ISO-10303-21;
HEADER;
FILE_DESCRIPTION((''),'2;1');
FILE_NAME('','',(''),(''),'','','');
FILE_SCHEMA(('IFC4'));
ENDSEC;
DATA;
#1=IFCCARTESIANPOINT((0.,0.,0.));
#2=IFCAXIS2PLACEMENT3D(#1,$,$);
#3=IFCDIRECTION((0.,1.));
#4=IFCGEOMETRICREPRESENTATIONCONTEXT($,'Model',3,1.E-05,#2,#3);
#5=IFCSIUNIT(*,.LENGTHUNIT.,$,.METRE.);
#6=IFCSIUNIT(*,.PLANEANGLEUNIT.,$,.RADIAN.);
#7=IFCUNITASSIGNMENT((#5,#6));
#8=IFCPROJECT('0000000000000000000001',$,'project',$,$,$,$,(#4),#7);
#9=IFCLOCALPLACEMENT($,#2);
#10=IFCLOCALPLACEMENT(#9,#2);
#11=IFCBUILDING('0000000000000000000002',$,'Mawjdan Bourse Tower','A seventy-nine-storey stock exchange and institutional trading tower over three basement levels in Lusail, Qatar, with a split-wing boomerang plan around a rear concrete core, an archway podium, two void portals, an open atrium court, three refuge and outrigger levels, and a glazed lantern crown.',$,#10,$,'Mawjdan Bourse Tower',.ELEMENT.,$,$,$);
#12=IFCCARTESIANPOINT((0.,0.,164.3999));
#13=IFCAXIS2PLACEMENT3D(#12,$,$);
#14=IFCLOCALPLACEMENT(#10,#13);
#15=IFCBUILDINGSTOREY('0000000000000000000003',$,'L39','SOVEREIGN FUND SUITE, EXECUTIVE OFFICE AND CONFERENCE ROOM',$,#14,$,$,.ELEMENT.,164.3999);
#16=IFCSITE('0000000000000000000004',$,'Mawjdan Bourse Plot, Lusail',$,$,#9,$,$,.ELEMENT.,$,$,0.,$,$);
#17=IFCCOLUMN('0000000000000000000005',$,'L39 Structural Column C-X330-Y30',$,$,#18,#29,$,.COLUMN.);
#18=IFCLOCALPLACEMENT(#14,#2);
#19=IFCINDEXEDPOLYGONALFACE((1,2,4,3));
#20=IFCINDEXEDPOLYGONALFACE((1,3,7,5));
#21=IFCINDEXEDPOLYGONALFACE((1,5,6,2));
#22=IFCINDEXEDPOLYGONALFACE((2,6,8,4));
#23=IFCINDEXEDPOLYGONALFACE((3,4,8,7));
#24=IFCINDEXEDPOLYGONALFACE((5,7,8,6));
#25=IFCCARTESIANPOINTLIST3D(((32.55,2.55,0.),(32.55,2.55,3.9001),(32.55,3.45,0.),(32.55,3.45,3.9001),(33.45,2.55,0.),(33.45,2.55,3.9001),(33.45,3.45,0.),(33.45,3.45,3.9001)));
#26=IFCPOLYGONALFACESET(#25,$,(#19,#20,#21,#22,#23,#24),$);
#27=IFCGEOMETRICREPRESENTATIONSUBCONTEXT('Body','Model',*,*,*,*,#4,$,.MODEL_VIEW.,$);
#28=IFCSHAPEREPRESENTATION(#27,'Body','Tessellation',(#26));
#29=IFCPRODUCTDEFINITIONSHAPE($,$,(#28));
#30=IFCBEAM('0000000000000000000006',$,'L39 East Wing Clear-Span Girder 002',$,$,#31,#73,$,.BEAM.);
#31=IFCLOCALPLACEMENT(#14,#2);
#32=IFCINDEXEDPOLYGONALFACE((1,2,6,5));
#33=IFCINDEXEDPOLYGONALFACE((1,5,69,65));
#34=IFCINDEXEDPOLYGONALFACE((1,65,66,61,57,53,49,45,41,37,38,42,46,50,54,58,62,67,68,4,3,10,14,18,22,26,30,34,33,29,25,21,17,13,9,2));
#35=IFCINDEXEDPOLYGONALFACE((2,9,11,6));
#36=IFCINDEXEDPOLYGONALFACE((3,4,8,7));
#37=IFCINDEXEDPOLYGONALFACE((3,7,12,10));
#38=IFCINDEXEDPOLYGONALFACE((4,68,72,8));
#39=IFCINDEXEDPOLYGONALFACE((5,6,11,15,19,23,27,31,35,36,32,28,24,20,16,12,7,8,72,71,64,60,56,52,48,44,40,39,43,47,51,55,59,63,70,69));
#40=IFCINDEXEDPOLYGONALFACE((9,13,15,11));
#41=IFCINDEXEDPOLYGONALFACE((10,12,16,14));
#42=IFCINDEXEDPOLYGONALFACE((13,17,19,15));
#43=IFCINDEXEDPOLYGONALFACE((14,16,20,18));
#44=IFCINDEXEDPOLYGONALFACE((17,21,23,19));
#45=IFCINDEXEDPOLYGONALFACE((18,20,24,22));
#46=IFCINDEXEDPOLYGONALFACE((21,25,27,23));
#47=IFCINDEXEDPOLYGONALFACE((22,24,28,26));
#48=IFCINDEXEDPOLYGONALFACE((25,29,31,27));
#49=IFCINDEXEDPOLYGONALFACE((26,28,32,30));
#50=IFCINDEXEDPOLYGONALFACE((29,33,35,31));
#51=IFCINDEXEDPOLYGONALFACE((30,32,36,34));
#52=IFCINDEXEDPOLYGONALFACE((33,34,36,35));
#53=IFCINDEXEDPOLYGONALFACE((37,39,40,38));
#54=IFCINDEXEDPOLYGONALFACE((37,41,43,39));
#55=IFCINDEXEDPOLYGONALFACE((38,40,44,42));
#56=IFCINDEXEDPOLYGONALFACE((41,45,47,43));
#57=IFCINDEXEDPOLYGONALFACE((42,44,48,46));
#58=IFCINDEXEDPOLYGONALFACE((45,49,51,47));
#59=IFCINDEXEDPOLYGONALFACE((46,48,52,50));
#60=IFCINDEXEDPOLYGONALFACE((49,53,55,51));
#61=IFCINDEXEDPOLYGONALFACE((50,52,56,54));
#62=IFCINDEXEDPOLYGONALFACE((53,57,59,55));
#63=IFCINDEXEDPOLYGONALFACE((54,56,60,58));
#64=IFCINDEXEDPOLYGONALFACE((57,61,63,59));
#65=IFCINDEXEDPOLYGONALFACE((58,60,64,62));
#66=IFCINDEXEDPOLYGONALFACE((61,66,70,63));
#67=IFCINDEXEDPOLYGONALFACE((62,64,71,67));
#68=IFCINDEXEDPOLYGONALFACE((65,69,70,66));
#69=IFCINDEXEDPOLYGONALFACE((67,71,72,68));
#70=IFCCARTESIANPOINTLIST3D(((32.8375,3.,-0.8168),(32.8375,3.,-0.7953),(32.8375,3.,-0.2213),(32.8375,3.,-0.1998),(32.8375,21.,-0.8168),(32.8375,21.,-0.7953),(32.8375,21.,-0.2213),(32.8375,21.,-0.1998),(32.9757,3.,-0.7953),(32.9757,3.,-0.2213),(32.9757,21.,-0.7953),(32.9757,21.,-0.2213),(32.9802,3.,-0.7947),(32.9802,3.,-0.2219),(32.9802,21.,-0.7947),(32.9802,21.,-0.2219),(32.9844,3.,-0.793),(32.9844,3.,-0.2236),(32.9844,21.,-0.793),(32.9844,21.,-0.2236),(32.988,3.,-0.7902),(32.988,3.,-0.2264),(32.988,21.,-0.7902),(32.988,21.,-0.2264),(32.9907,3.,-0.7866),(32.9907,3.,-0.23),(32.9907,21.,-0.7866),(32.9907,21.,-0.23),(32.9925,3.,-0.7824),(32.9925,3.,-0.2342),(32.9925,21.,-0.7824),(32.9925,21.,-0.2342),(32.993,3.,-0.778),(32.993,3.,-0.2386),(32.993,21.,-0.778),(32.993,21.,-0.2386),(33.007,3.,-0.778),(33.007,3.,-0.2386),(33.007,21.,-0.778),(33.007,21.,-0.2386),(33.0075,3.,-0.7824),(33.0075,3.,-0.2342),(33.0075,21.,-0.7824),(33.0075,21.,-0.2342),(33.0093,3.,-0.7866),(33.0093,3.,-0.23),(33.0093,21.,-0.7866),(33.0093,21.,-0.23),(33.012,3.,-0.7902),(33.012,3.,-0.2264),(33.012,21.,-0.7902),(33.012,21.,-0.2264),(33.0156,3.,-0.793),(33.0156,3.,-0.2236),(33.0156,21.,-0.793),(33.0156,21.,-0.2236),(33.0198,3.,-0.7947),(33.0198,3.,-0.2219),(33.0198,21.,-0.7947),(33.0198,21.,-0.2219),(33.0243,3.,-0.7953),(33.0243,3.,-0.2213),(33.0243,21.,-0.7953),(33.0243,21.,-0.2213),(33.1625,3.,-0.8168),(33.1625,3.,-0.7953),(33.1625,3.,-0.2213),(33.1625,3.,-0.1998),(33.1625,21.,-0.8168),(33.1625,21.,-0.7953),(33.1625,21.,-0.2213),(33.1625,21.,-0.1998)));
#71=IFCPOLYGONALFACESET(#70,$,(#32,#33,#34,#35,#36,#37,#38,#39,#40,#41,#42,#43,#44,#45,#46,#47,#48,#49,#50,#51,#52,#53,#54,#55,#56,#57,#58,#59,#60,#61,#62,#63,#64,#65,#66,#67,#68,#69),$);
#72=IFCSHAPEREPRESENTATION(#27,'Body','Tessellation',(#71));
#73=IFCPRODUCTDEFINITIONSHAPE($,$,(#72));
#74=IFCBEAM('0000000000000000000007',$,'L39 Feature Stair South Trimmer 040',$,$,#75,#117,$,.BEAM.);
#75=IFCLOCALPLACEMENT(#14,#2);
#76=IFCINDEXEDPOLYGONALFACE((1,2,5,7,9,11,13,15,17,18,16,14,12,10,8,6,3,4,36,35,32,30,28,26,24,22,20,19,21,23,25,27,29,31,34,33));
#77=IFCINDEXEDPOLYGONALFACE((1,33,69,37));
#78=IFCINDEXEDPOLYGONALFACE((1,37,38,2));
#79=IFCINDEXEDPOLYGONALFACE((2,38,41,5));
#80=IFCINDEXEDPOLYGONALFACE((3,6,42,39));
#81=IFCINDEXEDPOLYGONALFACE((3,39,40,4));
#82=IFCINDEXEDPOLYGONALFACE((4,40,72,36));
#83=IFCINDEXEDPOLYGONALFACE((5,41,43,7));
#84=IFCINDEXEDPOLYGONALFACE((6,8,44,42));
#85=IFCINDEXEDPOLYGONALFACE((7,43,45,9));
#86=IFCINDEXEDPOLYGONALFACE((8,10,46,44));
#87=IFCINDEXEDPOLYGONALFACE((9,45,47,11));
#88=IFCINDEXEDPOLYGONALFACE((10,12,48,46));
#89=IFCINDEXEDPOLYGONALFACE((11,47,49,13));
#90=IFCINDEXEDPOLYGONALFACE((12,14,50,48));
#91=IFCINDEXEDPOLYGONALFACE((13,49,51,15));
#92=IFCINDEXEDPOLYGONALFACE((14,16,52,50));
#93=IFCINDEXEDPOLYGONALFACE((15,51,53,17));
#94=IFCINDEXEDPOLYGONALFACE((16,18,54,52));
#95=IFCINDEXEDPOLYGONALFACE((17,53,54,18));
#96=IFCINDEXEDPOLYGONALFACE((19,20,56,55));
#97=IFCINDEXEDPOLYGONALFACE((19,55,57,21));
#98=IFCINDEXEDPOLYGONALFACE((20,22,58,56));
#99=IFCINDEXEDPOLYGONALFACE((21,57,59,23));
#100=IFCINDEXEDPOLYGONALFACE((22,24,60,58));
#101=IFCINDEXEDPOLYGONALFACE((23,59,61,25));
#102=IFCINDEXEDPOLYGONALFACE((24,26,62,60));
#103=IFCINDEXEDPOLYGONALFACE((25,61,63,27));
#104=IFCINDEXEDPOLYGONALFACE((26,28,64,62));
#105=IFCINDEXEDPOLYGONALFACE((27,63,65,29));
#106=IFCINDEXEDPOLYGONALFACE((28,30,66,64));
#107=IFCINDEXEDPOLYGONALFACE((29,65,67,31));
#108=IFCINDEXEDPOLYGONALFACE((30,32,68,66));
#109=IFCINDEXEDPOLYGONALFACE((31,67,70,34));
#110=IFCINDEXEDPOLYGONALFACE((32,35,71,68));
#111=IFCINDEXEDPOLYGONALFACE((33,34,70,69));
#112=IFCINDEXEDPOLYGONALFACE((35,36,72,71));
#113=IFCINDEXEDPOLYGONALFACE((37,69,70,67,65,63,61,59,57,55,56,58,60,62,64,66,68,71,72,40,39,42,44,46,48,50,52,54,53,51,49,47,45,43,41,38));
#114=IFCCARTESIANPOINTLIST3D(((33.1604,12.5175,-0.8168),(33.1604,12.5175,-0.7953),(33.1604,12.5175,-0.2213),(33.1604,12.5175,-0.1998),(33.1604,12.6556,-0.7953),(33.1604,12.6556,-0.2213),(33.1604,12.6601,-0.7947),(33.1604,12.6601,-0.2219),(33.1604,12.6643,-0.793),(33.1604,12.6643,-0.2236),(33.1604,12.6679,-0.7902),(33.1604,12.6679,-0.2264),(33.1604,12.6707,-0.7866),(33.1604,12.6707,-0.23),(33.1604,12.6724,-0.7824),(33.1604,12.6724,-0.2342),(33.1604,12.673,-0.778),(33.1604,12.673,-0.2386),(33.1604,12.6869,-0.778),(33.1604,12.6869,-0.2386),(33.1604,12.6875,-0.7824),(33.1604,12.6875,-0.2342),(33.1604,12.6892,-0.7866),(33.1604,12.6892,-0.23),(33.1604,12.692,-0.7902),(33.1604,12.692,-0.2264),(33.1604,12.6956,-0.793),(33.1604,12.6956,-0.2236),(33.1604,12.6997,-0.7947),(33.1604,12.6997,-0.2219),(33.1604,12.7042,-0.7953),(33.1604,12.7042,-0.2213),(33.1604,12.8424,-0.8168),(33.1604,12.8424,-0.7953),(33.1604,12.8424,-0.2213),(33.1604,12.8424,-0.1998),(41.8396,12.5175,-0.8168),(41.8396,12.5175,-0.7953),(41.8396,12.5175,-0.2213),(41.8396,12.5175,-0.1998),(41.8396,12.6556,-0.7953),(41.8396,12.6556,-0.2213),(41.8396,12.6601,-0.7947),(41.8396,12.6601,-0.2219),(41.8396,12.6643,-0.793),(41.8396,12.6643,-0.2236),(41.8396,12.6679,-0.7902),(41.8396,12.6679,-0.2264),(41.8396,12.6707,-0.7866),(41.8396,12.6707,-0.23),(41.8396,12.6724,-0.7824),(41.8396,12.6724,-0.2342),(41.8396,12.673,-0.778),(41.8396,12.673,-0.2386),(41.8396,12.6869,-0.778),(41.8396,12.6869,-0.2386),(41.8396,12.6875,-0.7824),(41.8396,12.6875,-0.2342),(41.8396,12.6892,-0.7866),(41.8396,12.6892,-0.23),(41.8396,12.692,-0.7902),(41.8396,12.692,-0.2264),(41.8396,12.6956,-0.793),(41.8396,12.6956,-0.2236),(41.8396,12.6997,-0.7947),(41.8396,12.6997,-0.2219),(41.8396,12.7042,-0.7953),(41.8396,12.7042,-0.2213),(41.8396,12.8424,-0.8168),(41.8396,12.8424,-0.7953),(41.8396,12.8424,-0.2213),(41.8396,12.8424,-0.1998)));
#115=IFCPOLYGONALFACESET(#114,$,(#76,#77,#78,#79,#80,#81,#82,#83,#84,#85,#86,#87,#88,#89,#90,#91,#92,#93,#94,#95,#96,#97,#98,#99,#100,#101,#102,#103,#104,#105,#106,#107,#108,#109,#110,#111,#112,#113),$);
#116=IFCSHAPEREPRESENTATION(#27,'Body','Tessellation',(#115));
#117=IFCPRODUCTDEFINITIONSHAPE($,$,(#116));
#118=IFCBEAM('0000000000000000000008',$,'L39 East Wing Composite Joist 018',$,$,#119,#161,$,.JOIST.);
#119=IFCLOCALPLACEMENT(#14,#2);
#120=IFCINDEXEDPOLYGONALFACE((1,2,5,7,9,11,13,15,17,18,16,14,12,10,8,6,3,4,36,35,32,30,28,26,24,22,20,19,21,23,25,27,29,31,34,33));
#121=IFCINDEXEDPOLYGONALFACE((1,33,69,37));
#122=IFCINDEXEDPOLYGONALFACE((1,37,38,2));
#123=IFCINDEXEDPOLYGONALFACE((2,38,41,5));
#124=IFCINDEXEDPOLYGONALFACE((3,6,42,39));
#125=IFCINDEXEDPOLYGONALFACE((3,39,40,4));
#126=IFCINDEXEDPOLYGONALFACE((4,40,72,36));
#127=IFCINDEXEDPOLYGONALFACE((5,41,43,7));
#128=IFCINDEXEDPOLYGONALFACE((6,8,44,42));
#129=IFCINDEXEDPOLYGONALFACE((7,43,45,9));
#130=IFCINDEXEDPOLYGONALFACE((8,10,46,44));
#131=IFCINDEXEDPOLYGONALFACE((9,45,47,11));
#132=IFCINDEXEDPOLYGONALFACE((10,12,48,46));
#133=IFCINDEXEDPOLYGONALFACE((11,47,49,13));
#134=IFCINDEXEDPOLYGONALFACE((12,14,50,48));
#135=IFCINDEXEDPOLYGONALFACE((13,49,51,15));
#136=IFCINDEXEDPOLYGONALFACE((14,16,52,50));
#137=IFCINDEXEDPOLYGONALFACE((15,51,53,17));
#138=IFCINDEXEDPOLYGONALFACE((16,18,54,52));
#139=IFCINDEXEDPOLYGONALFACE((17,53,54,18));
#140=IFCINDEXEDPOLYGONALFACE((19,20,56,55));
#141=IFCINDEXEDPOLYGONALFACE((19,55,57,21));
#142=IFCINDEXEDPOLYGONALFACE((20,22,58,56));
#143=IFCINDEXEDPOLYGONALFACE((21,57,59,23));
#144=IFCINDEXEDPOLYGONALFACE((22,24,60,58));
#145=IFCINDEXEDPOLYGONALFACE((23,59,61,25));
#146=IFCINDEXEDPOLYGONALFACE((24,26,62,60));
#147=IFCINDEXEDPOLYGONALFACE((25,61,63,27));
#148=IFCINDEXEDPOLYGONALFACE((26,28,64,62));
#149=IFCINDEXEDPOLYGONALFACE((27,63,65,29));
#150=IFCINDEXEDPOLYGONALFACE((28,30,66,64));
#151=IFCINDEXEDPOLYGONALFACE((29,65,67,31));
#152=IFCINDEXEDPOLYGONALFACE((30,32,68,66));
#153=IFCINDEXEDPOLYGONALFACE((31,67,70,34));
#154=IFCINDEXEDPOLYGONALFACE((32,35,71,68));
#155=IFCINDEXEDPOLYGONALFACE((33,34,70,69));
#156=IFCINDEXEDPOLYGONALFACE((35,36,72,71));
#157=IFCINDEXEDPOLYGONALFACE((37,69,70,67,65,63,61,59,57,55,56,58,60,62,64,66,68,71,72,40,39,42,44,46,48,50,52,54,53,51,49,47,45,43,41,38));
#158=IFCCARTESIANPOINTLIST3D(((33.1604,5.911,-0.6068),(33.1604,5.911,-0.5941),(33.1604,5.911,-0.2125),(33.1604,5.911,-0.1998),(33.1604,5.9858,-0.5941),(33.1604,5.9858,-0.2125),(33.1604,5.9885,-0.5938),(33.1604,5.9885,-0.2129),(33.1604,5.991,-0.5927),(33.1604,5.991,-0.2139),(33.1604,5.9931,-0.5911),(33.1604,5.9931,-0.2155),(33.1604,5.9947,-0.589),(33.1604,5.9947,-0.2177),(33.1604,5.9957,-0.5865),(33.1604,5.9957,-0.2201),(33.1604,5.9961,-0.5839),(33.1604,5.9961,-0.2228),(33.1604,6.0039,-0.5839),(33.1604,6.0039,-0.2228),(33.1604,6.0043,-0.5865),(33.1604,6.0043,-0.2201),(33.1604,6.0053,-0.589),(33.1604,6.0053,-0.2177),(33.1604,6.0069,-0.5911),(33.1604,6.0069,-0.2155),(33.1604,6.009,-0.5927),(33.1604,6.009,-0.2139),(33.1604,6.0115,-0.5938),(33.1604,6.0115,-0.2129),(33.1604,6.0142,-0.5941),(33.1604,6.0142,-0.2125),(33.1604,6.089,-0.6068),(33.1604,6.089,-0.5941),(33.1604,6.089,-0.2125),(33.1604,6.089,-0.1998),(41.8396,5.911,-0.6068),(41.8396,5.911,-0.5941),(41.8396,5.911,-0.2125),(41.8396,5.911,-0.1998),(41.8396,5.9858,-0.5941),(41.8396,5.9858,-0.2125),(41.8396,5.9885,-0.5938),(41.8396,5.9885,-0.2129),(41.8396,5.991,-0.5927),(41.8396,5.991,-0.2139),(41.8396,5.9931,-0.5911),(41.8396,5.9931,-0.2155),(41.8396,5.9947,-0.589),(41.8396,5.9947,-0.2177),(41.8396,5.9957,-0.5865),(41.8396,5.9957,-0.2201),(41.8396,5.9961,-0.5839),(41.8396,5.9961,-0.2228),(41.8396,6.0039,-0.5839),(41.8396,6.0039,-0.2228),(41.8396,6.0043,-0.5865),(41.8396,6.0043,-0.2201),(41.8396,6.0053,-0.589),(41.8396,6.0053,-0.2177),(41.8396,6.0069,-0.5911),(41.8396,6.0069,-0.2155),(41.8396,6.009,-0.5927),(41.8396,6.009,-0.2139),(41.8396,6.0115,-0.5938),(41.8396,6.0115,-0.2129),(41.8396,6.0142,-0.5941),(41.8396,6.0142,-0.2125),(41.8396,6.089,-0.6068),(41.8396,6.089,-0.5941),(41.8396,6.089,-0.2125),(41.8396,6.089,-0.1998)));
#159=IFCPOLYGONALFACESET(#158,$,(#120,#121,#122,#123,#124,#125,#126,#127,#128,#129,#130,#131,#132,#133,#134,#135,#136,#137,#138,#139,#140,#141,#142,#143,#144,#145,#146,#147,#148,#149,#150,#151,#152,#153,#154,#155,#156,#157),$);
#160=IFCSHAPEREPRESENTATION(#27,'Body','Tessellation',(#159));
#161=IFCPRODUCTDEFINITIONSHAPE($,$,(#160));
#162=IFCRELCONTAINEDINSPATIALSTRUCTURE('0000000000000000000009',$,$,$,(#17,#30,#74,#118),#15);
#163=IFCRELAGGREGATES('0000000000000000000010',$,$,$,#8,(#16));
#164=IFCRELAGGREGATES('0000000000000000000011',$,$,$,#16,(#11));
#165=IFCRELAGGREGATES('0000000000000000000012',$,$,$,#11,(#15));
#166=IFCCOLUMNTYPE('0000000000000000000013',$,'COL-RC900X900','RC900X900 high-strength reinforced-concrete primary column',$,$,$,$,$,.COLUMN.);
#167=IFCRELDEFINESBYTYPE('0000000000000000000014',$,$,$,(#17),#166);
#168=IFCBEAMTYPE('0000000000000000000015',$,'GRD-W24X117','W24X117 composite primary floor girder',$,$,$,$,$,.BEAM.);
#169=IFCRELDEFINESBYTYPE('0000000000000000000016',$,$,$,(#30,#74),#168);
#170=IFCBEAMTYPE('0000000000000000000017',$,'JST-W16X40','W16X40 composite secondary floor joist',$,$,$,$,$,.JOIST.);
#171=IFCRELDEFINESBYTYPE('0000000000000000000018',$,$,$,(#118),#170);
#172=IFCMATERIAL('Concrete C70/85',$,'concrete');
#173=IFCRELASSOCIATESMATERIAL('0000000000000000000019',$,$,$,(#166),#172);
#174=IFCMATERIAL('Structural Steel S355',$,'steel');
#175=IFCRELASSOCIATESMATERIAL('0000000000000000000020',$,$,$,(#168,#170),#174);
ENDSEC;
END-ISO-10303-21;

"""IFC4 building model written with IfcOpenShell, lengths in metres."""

from ifc_helpers import new_model, si_unit, direction, frame, origin, origin_2d, place, context, subcontext, project, spatial, rectangle, i_section, extrude, material, material_profile, profile_set, type_object, element, save


model = new_model("IFC4")

# Units and contexts
model_context = context("Model", 3, precision=1e-05, world=origin(), true_north=direction((0.0, 1.0)))
body_context = subcontext(model_context, "Body", "Model", "MODEL_VIEW")
ifc_project = project(units=[si_unit("LENGTHUNIT", "METRE"), si_unit("PLANEANGLEUNIT", "RADIAN")], contexts=[model_context])

# Site, building, storey
site_placement = place(None, origin())
site = spatial("IfcSite", under=ifc_project, at=site_placement, Name="Mawjdan Bourse Plot, Lusail", CompositionType="ELEMENT", RefElevation=0.0)
building_placement = place(site_placement, origin())
building = spatial("IfcBuilding", under=site, at=building_placement, Name="Mawjdan Bourse Tower", Description="A seventy-nine-storey stock exchange and institutional trading tower over three basement levels in Lusail, Qatar, with a split-wing boomerang plan around a rear concrete core, an archway podium, two void portals, an open atrium court, three refuge and outrigger levels, and a glazed lantern crown.", LongName="Mawjdan Bourse Tower", CompositionType="ELEMENT")
storey_placement = place(building_placement, frame((0.0, 0.0, 164.3999)))
storey = spatial("IfcBuildingStorey", under=building, at=storey_placement, Name="L39", Description="SOVEREIGN FUND SUITE, EXECUTIVE OFFICE AND CONFERENCE ROOM", CompositionType="ELEMENT", Elevation=164.3999)

# Column
ifc_material_1 = material(Name="Concrete C70/85", Category="concrete")
ifc_material_profile_1 = material_profile(ifc_material_1, rectangle(XDim=0.8999, YDim=0.8999, at=origin_2d()), Name="RC900X900")
ifc_profile_set_1 = profile_set([ifc_material_profile_1], Name="Concrete C70/85")
column_type = type_object("IfcColumnType", Name="COL-RC900X900", Description="RC900X900 high-strength reinforced-concrete primary column", PredefinedType="COLUMN", material=ifc_profile_set_1)
column_placement = place(storey_placement, frame((33.0, 3.0, 0.0), z_axis=(0.0, 0.0, 1.0), x_axis=(1.0, 0.0, 0.0)))
element("IfcColumn", 1, at=column_placement, inside=storey, type_object=column_type, Name="L39 Structural Column C-X330-Y30", PredefinedType="COLUMN", context=body_context, shape_type="SweptSolid", body=[
    extrude(rectangle(XDim=0.8999, YDim=0.8999, at=origin_2d()), origin(), (0.0, 0.0, 1.0), 3.9001),
])

# Beams
ifc_material_2 = material(Name="Structural Steel S355", Category="steel")
ifc_material_profile_2 = material_profile(ifc_material_2, i_section(OverallWidth=0.325, OverallDepth=0.6169, WebThickness=0.0139, FlangeThickness=0.0215, FilletRadius=0.0173, at=origin_2d()), Name="W24X117")
ifc_profile_set_2 = profile_set([ifc_material_profile_2], Name="Structural Steel S355")
beam_type_1 = type_object("IfcBeamType", Name="GRD-W24X117", Description="W24X117 composite primary floor girder", PredefinedType="BEAM", material=ifc_profile_set_2)
beam_1_placement = place(storey_placement, frame((33.0, 3.0, -0.5083), z_axis=(0.0, 1.0, 0.0), x_axis=(-1.0, 0.0, 0.0)))
element("IfcBeam", 2, at=beam_1_placement, inside=storey, type_object=beam_type_1, Name="L39 East Wing Clear-Span Girder 002", PredefinedType="BEAM", context=body_context, shape_type="SweptSolid", body=[
    extrude(i_section(OverallWidth=0.325, OverallDepth=0.6169, WebThickness=0.0139, FlangeThickness=0.0215, FilletRadius=0.0173, at=origin_2d()), origin(), (0.0, 0.0, 1.0), 18.0),
])
beam_2_placement = place(storey_placement, frame((33.1604, 12.6799, -0.5083), z_axis=(1.0, 0.0, 0.0), x_axis=(0.0, 1.0, 0.0)))
element("IfcBeam", 3, at=beam_2_placement, inside=storey, type_object=beam_type_1, Name="L39 Feature Stair South Trimmer 040", PredefinedType="BEAM", context=body_context, shape_type="SweptSolid", body=[
    extrude(i_section(OverallWidth=0.325, OverallDepth=0.6169, WebThickness=0.0139, FlangeThickness=0.0215, FilletRadius=0.0173, at=origin_2d()), origin(), (0.0, 0.0, 1.0), 8.6792),
])
ifc_material_profile_3 = material_profile(ifc_material_2, i_section(OverallWidth=0.178, OverallDepth=0.407, WebThickness=0.0078, FlangeThickness=0.0127, FilletRadius=0.0103, at=origin_2d()), Name="W16X40")
ifc_profile_set_3 = profile_set([ifc_material_profile_3], Name="Structural Steel S355")
beam_type_2 = type_object("IfcBeamType", Name="JST-W16X40", Description="W16X40 composite secondary floor joist", PredefinedType="JOIST", material=ifc_profile_set_3)
for number, where, z_axis, x_axis, name in (
    (4, (33.1604, 6.0, -0.4033), (1.0, 0.0, 0.0), (0.0, 1.0, 0.0), "L39 East Wing Composite Joist 018"),
):
    element("IfcBeam", number, at=place(storey_placement, frame(where, z_axis=z_axis, x_axis=x_axis)), inside=storey, type_object=beam_type_2, Name=name, PredefinedType="JOIST", context=body_context, shape_type="SweptSolid", body=[
        extrude(i_section(OverallWidth=0.178, OverallDepth=0.407, WebThickness=0.0078, FlangeThickness=0.0127, FilletRadius=0.0103, at=origin_2d()), origin(), (0.0, 0.0, 1.0), 8.6792),
    ])

save(model, "model.ifc")
